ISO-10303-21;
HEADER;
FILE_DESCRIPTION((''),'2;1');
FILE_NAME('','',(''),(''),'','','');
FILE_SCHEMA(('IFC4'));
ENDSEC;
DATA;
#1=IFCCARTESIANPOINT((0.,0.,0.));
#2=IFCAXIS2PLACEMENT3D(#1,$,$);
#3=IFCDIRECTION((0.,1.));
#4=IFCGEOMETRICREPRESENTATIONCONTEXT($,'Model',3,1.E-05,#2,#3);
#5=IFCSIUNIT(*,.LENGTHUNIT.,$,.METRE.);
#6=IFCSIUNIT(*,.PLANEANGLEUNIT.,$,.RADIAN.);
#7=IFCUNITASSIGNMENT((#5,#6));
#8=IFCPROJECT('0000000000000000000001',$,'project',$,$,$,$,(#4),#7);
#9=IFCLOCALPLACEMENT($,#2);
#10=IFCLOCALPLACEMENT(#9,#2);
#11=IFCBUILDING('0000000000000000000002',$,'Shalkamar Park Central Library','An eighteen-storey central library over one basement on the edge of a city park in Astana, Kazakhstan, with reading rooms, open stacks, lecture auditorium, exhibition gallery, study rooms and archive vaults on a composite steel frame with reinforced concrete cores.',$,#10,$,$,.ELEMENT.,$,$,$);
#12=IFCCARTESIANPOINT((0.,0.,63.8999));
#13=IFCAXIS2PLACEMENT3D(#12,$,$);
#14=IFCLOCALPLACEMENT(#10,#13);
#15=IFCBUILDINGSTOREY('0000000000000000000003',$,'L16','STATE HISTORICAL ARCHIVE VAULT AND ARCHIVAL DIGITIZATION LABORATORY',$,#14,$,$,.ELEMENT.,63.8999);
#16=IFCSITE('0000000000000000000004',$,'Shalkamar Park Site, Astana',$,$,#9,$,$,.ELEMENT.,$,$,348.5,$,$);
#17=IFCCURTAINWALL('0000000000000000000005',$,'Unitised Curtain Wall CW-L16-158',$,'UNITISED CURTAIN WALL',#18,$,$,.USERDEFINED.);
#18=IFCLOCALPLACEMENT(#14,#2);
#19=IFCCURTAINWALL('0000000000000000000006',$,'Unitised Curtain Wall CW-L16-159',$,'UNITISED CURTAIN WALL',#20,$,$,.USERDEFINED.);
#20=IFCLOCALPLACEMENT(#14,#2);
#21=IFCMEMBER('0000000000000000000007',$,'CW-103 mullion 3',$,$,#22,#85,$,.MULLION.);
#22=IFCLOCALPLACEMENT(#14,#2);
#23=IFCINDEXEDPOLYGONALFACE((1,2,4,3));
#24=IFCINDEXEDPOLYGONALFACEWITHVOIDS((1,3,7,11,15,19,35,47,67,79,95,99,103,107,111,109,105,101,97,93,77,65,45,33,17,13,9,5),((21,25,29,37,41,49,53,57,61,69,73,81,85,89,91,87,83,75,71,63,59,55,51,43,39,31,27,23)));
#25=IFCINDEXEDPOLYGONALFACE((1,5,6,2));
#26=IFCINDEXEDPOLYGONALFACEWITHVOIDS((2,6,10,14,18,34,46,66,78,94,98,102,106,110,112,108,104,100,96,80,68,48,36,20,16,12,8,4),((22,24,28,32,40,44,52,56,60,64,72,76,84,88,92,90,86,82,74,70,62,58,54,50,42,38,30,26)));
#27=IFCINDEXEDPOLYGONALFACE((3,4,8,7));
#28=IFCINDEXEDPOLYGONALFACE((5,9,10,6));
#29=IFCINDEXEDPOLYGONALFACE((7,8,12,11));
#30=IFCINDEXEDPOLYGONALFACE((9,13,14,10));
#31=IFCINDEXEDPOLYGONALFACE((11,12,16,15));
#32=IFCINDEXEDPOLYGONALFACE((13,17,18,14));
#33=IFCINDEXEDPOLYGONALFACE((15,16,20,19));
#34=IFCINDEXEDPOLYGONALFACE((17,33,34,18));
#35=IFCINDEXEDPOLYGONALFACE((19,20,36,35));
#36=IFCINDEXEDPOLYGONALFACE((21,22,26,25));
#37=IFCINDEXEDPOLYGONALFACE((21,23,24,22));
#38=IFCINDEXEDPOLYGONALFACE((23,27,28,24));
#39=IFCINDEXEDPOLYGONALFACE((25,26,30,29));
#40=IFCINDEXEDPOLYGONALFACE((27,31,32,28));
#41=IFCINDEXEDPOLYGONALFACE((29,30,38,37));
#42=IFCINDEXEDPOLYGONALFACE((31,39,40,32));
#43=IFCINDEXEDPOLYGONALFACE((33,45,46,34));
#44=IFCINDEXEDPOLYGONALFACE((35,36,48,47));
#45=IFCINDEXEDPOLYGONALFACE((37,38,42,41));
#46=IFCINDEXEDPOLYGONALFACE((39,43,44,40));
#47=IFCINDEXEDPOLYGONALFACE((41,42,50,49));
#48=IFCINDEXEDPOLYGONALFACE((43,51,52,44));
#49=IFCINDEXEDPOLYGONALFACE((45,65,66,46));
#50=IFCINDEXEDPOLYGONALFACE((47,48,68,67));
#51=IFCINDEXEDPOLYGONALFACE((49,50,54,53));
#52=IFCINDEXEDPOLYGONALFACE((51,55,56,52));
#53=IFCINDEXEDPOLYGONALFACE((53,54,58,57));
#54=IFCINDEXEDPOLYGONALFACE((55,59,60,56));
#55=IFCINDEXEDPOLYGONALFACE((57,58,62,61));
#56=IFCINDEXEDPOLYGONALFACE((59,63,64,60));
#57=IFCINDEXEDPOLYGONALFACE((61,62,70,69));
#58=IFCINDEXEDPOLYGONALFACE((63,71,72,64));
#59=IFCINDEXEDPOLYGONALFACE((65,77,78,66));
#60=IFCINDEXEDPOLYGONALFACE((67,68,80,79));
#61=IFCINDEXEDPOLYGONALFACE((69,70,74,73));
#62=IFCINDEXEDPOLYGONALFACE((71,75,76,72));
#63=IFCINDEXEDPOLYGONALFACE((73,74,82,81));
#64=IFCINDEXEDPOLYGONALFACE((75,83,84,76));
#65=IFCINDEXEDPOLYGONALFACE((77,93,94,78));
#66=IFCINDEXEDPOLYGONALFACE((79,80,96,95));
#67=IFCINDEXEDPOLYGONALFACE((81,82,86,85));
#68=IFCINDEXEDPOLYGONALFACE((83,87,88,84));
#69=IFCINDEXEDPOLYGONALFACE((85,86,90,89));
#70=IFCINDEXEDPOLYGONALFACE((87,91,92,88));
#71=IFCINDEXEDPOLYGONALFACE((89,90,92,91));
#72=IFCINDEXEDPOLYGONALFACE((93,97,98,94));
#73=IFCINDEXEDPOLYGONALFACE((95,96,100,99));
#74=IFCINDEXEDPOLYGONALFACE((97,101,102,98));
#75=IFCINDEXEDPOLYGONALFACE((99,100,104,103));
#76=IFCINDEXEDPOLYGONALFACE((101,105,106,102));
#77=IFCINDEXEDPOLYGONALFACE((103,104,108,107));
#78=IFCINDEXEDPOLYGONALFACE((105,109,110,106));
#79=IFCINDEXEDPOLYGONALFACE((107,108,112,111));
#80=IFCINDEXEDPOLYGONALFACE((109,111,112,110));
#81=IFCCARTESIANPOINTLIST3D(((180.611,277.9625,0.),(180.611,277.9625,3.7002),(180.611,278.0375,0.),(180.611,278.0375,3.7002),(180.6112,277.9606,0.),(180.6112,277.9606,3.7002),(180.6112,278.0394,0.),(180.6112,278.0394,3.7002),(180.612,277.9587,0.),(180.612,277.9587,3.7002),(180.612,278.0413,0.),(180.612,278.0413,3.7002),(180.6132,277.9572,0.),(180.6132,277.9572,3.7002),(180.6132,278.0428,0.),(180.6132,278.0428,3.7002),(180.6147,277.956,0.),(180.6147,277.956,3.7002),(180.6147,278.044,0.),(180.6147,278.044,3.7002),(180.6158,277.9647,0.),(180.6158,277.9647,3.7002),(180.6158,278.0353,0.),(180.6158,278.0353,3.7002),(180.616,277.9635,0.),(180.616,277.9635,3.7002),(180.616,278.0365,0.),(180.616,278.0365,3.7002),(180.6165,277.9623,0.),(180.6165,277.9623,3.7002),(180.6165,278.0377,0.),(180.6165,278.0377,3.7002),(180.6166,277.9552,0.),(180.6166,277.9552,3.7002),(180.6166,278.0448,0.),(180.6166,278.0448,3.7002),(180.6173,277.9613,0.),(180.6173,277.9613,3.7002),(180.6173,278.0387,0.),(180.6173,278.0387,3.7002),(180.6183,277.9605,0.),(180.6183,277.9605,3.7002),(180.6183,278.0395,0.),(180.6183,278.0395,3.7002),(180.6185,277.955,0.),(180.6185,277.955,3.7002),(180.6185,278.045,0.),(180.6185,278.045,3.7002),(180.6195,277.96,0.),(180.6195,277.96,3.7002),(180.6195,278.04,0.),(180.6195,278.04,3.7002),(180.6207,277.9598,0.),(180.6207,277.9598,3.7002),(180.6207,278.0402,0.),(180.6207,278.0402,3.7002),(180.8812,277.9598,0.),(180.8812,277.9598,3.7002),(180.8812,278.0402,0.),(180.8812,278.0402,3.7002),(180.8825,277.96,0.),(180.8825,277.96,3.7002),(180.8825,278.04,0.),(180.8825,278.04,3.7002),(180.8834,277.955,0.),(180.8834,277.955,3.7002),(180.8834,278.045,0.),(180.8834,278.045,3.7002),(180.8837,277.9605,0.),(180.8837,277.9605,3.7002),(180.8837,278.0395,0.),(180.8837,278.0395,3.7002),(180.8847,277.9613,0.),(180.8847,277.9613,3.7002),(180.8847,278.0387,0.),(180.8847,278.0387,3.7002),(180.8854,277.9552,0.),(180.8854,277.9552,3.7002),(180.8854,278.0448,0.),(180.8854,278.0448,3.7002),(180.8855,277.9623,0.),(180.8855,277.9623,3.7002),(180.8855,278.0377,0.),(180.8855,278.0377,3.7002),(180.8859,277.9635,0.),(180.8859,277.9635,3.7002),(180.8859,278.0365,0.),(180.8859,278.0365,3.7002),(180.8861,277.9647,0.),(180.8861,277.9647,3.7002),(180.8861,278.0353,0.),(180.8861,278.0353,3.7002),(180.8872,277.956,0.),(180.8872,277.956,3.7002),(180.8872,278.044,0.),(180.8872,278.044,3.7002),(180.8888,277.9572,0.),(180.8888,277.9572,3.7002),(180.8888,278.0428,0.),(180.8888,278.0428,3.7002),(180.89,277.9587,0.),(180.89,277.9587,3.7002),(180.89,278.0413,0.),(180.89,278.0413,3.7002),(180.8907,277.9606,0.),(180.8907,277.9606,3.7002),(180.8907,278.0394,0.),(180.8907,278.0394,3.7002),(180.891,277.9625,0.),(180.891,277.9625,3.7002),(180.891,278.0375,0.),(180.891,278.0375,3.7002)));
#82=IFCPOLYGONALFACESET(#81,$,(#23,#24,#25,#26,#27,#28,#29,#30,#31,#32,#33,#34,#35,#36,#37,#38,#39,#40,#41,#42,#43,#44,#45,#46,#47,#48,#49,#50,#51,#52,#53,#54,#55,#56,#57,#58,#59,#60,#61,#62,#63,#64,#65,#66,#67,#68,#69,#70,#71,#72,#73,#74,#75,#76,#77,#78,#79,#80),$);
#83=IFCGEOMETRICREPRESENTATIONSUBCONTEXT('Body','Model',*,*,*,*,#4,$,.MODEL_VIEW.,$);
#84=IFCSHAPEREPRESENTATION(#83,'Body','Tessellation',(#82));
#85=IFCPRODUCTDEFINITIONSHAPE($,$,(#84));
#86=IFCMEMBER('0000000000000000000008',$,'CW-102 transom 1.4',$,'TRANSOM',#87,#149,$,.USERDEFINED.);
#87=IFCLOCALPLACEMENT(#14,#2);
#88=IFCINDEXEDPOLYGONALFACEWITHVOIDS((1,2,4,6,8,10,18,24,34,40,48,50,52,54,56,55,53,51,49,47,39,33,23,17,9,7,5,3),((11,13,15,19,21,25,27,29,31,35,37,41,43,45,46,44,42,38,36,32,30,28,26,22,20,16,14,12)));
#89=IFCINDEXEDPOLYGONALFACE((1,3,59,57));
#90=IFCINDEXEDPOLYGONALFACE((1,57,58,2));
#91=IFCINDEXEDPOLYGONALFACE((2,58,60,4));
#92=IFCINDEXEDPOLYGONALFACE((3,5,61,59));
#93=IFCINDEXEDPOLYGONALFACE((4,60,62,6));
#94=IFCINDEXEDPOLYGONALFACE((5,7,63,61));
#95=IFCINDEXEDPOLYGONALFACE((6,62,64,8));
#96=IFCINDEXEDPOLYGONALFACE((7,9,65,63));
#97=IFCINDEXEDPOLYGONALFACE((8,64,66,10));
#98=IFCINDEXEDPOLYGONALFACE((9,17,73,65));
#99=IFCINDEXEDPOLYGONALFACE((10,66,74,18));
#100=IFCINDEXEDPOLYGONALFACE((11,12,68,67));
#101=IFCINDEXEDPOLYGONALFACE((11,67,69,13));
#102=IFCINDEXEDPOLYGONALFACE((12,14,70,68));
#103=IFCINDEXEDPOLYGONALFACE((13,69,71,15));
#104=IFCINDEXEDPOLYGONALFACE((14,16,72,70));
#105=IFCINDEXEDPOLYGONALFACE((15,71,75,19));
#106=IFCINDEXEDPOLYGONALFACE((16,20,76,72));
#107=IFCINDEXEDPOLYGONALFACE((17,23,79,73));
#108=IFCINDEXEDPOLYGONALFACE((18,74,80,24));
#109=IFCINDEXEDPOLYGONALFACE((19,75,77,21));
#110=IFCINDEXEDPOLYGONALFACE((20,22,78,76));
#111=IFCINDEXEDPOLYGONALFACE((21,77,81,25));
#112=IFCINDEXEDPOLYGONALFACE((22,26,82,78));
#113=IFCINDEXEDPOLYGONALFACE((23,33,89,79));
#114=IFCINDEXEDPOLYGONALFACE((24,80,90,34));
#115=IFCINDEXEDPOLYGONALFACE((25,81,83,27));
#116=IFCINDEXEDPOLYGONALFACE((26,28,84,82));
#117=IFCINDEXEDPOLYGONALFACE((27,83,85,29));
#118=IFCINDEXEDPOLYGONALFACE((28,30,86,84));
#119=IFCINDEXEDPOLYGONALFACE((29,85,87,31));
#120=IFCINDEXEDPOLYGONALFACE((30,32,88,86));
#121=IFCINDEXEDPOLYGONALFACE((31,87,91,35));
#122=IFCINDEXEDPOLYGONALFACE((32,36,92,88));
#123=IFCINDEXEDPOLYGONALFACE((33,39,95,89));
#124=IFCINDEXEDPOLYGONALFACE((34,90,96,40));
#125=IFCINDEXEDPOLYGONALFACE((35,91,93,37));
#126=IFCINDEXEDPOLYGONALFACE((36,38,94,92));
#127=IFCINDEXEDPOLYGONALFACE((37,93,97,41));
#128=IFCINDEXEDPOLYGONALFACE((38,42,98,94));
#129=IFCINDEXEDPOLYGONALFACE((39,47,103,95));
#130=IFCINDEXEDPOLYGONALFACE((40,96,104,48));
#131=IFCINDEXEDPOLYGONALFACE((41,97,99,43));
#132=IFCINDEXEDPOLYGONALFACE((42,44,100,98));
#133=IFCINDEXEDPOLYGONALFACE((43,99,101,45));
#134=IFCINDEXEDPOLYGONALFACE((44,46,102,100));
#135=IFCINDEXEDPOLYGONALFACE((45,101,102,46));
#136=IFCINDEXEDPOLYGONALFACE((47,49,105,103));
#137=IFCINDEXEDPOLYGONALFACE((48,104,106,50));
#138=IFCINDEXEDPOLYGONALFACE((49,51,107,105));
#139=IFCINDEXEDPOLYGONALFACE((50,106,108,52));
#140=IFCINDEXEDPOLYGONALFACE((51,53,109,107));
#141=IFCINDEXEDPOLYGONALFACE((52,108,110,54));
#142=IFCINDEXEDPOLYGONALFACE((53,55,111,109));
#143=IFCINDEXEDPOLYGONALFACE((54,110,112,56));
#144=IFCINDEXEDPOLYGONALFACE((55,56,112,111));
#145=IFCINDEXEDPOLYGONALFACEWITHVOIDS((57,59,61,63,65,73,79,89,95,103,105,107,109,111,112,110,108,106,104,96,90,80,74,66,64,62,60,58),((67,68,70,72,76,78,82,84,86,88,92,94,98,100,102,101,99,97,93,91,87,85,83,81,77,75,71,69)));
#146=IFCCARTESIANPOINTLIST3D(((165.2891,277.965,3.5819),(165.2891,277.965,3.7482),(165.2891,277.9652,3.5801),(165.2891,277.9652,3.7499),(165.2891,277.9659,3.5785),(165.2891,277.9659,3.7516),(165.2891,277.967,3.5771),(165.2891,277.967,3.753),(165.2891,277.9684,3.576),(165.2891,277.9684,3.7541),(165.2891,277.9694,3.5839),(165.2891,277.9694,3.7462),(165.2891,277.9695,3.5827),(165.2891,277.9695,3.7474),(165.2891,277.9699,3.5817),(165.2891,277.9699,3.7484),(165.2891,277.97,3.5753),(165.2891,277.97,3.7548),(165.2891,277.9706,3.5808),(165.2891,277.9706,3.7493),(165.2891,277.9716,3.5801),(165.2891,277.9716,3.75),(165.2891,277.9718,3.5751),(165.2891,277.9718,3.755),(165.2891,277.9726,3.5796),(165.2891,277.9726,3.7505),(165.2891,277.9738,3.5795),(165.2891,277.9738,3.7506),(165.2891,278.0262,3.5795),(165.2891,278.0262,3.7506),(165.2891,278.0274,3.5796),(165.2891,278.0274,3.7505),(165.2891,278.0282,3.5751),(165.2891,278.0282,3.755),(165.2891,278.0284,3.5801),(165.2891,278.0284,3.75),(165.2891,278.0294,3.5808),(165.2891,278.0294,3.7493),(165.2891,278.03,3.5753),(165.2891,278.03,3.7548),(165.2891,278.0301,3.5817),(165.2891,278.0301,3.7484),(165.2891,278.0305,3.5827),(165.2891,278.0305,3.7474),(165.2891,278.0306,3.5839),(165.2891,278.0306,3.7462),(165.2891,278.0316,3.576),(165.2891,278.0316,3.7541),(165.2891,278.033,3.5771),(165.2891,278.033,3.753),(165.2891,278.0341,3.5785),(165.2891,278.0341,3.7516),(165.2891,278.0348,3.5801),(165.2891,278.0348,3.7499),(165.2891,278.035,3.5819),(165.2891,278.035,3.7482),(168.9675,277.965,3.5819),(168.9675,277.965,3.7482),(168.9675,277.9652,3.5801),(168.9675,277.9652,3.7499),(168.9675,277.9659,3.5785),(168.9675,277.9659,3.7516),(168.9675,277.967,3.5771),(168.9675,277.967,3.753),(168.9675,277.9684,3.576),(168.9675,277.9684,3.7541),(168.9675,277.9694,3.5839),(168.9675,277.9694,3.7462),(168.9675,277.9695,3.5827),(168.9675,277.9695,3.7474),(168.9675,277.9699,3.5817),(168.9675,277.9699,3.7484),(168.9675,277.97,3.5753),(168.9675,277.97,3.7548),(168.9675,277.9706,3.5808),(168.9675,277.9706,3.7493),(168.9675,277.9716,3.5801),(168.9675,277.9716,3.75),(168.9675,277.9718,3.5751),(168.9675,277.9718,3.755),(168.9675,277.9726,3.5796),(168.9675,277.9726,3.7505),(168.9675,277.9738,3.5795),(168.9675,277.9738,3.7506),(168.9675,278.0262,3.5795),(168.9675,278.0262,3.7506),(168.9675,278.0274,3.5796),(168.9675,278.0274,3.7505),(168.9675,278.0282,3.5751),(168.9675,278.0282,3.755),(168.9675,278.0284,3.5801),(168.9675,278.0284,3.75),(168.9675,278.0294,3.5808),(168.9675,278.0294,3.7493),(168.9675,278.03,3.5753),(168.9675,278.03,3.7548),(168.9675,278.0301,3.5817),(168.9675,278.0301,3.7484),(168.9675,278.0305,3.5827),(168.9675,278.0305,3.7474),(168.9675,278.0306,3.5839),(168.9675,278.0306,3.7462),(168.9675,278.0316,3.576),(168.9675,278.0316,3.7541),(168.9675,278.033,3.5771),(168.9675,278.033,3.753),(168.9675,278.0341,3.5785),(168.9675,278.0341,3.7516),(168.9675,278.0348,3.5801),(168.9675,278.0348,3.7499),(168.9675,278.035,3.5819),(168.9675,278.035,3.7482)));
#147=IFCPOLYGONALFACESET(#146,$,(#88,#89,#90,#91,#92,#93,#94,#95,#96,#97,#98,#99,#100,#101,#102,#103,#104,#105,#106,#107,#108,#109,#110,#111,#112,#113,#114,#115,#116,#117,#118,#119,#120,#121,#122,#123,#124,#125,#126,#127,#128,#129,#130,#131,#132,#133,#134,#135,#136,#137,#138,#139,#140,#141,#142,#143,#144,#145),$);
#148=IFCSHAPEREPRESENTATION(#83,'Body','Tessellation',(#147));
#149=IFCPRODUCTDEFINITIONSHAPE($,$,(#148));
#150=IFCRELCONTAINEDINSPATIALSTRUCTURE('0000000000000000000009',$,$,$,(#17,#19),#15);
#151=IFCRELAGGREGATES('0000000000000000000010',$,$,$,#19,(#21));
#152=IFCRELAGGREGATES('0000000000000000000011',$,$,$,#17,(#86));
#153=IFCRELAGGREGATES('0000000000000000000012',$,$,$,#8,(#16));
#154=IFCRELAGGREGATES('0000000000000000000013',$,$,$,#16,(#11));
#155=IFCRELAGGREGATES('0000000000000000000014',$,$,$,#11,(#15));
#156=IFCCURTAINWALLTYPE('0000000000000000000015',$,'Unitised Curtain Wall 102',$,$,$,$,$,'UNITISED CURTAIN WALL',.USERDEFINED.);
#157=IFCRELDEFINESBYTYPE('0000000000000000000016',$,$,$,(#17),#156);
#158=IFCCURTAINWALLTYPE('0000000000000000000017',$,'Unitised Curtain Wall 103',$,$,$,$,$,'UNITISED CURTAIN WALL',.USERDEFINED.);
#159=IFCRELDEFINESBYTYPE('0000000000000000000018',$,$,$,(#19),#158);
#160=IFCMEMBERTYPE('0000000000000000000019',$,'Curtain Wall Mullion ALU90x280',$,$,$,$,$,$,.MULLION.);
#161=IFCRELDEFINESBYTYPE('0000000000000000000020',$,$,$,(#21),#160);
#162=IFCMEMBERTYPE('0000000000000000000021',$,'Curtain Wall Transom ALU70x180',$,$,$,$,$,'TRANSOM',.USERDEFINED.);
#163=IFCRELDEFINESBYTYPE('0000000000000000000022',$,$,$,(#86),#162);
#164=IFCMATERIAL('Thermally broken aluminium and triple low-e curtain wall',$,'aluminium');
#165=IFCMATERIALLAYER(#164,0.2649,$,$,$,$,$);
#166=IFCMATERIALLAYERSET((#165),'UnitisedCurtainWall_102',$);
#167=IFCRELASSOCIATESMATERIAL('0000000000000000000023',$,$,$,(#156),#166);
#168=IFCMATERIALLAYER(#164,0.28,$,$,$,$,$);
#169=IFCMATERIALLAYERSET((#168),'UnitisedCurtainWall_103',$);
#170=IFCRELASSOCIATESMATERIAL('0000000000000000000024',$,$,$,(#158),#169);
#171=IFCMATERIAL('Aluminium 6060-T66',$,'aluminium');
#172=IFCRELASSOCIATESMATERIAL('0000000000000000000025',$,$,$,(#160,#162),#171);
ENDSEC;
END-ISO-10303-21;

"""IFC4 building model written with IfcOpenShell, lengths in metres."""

from ifc_helpers import new_model, si_unit, direction, frame, origin, origin_2d, place, context, subcontext, project, spatial, hollow_rectangle, extrude, material, layer, layer_set, material_profile, profile_set, type_object, element, aggregate, save


model = new_model("IFC4")

# Units and contexts
model_context = context("Model", 3, precision=1e-05, world=origin(), true_north=direction((0.0, 1.0)))
body_context = subcontext(model_context, "Body", "Model", "MODEL_VIEW")
ifc_project = project(units=[si_unit("LENGTHUNIT", "METRE"), si_unit("PLANEANGLEUNIT", "RADIAN")], contexts=[model_context])

# Site, building, storey
site_placement = place(None, origin())
site = spatial("IfcSite", under=ifc_project, at=site_placement, Name="Shalkamar Park Site, Astana", CompositionType="ELEMENT", RefElevation=348.5)
building_placement = place(site_placement, origin())
building = spatial("IfcBuilding", under=site, at=building_placement, Name="Shalkamar Park Central Library", Description="An eighteen-storey central library over one basement on the edge of a city park in Astana, Kazakhstan, with reading rooms, open stacks, lecture auditorium, exhibition gallery, study rooms and archive vaults on a composite steel frame with reinforced concrete cores.", CompositionType="ELEMENT")
storey_placement = place(building_placement, frame((0.0, 0.0, 63.8999)))
storey = spatial("IfcBuildingStorey", under=building, at=storey_placement, Name="L16", Description="STATE HISTORICAL ARCHIVE VAULT AND ARCHIVAL DIGITIZATION LABORATORY", CompositionType="ELEMENT", Elevation=63.8999)

# Curtain walls, member
ifc_material_1 = material(Name="Thermally broken aluminium and triple low-e curtain wall", Category="aluminium")
ifc_layer_1 = layer(ifc_material_1, 0.2649)
ifc_layer_set_1 = layer_set([ifc_layer_1], Name="UnitisedCurtainWall_102")
curtain_wall_type_1 = type_object("IfcCurtainWallType", Name="Unitised Curtain Wall 102", ElementType="UNITISED CURTAIN WALL", PredefinedType="USERDEFINED", material=ifc_layer_set_1)
curtain_wall_1_placement = place(storey_placement, origin())
curtain_wall_1 = element("IfcCurtainWall", 1, at=curtain_wall_1_placement, inside=storey, type_object=curtain_wall_type_1, Name="Unitised Curtain Wall CW-L16-158", ObjectType="UNITISED CURTAIN WALL", PredefinedType="USERDEFINED")
ifc_material_2 = material(Name="Aluminium 6060-T66", Category="aluminium")
ifc_layer_2 = layer(ifc_material_1, 0.28)
ifc_layer_set_2 = layer_set([ifc_layer_2], Name="UnitisedCurtainWall_103")
curtain_wall_type_2 = type_object("IfcCurtainWallType", Name="Unitised Curtain Wall 103", ElementType="UNITISED CURTAIN WALL", PredefinedType="USERDEFINED", material=ifc_layer_set_2)
curtain_wall_2_placement = place(storey_placement, origin())
curtain_wall_2 = element("IfcCurtainWall", 2, at=curtain_wall_2_placement, inside=storey, type_object=curtain_wall_type_2, Name="Unitised Curtain Wall CW-L16-159", ObjectType="UNITISED CURTAIN WALL", PredefinedType="USERDEFINED")
ifc_material_profile_1 = material_profile(ifc_material_2, hollow_rectangle(XDim=0.0901, YDim=0.28, WallThickness=0.0049, InnerFilletRadius=0.0049, OuterFilletRadius=0.0076, at=origin_2d()), Name="ALU 90x280x5")
ifc_profile_set_1 = profile_set([ifc_material_profile_1], Name="Aluminium 6060-T66")
member_type_1 = type_object("IfcMemberType", Name="Curtain Wall Mullion ALU90x280", PredefinedType="MULLION", material=ifc_profile_set_1)
member_1_placement = place(storey_placement, frame((180.751, 278.0, 0.0), z_axis=(0.0, 0.0, 1.0), x_axis=(0.0, 1.0, 0.0)))
member_1 = element("IfcMember", 3, at=member_1_placement, type_object=member_type_1, Name="CW-103 mullion 3", PredefinedType="MULLION", context=body_context, shape_type="SweptSolid", body=[
    extrude(hollow_rectangle(XDim=0.0901, YDim=0.28, WallThickness=0.0049, InnerFilletRadius=0.0049, OuterFilletRadius=0.0076, at=origin_2d()), origin(), (0.0, 0.0, 1.0), 3.7002),
])

# Member
ifc_material_profile_2 = material_profile(ifc_material_2, hollow_rectangle(XDim=0.0701, YDim=0.1799, WallThickness=0.0044, InnerFilletRadius=0.0044, OuterFilletRadius=0.0068, at=origin_2d()), Name="ALU 70x180x4.5")
ifc_profile_set_2 = profile_set([ifc_material_profile_2], Name="Aluminium 6060-T66")
member_type_2 = type_object("IfcMemberType", Name="Curtain Wall Transom ALU70x180", ElementType="TRANSOM", PredefinedType="USERDEFINED", material=ifc_profile_set_2)
member_2_placement = place(storey_placement, frame((165.2891, 278.0, 3.665), z_axis=(1.0, 0.0, 0.0), x_axis=(0.0, 1.0, 0.0)))
member_2 = element("IfcMember", 4, at=member_2_placement, type_object=member_type_2, Name="CW-102 transom 1.4", ObjectType="TRANSOM", PredefinedType="USERDEFINED", context=body_context, shape_type="SweptSolid", body=[
    extrude(hollow_rectangle(XDim=0.0701, YDim=0.1799, WallThickness=0.0044, InnerFilletRadius=0.0044, OuterFilletRadius=0.0068, at=origin_2d()), origin(), (0.0, 0.0, 1.0), 3.6785),
])

aggregate(curtain_wall_2, [member_1])
aggregate(curtain_wall_1, [member_2])

save(model, "model.ifc")
